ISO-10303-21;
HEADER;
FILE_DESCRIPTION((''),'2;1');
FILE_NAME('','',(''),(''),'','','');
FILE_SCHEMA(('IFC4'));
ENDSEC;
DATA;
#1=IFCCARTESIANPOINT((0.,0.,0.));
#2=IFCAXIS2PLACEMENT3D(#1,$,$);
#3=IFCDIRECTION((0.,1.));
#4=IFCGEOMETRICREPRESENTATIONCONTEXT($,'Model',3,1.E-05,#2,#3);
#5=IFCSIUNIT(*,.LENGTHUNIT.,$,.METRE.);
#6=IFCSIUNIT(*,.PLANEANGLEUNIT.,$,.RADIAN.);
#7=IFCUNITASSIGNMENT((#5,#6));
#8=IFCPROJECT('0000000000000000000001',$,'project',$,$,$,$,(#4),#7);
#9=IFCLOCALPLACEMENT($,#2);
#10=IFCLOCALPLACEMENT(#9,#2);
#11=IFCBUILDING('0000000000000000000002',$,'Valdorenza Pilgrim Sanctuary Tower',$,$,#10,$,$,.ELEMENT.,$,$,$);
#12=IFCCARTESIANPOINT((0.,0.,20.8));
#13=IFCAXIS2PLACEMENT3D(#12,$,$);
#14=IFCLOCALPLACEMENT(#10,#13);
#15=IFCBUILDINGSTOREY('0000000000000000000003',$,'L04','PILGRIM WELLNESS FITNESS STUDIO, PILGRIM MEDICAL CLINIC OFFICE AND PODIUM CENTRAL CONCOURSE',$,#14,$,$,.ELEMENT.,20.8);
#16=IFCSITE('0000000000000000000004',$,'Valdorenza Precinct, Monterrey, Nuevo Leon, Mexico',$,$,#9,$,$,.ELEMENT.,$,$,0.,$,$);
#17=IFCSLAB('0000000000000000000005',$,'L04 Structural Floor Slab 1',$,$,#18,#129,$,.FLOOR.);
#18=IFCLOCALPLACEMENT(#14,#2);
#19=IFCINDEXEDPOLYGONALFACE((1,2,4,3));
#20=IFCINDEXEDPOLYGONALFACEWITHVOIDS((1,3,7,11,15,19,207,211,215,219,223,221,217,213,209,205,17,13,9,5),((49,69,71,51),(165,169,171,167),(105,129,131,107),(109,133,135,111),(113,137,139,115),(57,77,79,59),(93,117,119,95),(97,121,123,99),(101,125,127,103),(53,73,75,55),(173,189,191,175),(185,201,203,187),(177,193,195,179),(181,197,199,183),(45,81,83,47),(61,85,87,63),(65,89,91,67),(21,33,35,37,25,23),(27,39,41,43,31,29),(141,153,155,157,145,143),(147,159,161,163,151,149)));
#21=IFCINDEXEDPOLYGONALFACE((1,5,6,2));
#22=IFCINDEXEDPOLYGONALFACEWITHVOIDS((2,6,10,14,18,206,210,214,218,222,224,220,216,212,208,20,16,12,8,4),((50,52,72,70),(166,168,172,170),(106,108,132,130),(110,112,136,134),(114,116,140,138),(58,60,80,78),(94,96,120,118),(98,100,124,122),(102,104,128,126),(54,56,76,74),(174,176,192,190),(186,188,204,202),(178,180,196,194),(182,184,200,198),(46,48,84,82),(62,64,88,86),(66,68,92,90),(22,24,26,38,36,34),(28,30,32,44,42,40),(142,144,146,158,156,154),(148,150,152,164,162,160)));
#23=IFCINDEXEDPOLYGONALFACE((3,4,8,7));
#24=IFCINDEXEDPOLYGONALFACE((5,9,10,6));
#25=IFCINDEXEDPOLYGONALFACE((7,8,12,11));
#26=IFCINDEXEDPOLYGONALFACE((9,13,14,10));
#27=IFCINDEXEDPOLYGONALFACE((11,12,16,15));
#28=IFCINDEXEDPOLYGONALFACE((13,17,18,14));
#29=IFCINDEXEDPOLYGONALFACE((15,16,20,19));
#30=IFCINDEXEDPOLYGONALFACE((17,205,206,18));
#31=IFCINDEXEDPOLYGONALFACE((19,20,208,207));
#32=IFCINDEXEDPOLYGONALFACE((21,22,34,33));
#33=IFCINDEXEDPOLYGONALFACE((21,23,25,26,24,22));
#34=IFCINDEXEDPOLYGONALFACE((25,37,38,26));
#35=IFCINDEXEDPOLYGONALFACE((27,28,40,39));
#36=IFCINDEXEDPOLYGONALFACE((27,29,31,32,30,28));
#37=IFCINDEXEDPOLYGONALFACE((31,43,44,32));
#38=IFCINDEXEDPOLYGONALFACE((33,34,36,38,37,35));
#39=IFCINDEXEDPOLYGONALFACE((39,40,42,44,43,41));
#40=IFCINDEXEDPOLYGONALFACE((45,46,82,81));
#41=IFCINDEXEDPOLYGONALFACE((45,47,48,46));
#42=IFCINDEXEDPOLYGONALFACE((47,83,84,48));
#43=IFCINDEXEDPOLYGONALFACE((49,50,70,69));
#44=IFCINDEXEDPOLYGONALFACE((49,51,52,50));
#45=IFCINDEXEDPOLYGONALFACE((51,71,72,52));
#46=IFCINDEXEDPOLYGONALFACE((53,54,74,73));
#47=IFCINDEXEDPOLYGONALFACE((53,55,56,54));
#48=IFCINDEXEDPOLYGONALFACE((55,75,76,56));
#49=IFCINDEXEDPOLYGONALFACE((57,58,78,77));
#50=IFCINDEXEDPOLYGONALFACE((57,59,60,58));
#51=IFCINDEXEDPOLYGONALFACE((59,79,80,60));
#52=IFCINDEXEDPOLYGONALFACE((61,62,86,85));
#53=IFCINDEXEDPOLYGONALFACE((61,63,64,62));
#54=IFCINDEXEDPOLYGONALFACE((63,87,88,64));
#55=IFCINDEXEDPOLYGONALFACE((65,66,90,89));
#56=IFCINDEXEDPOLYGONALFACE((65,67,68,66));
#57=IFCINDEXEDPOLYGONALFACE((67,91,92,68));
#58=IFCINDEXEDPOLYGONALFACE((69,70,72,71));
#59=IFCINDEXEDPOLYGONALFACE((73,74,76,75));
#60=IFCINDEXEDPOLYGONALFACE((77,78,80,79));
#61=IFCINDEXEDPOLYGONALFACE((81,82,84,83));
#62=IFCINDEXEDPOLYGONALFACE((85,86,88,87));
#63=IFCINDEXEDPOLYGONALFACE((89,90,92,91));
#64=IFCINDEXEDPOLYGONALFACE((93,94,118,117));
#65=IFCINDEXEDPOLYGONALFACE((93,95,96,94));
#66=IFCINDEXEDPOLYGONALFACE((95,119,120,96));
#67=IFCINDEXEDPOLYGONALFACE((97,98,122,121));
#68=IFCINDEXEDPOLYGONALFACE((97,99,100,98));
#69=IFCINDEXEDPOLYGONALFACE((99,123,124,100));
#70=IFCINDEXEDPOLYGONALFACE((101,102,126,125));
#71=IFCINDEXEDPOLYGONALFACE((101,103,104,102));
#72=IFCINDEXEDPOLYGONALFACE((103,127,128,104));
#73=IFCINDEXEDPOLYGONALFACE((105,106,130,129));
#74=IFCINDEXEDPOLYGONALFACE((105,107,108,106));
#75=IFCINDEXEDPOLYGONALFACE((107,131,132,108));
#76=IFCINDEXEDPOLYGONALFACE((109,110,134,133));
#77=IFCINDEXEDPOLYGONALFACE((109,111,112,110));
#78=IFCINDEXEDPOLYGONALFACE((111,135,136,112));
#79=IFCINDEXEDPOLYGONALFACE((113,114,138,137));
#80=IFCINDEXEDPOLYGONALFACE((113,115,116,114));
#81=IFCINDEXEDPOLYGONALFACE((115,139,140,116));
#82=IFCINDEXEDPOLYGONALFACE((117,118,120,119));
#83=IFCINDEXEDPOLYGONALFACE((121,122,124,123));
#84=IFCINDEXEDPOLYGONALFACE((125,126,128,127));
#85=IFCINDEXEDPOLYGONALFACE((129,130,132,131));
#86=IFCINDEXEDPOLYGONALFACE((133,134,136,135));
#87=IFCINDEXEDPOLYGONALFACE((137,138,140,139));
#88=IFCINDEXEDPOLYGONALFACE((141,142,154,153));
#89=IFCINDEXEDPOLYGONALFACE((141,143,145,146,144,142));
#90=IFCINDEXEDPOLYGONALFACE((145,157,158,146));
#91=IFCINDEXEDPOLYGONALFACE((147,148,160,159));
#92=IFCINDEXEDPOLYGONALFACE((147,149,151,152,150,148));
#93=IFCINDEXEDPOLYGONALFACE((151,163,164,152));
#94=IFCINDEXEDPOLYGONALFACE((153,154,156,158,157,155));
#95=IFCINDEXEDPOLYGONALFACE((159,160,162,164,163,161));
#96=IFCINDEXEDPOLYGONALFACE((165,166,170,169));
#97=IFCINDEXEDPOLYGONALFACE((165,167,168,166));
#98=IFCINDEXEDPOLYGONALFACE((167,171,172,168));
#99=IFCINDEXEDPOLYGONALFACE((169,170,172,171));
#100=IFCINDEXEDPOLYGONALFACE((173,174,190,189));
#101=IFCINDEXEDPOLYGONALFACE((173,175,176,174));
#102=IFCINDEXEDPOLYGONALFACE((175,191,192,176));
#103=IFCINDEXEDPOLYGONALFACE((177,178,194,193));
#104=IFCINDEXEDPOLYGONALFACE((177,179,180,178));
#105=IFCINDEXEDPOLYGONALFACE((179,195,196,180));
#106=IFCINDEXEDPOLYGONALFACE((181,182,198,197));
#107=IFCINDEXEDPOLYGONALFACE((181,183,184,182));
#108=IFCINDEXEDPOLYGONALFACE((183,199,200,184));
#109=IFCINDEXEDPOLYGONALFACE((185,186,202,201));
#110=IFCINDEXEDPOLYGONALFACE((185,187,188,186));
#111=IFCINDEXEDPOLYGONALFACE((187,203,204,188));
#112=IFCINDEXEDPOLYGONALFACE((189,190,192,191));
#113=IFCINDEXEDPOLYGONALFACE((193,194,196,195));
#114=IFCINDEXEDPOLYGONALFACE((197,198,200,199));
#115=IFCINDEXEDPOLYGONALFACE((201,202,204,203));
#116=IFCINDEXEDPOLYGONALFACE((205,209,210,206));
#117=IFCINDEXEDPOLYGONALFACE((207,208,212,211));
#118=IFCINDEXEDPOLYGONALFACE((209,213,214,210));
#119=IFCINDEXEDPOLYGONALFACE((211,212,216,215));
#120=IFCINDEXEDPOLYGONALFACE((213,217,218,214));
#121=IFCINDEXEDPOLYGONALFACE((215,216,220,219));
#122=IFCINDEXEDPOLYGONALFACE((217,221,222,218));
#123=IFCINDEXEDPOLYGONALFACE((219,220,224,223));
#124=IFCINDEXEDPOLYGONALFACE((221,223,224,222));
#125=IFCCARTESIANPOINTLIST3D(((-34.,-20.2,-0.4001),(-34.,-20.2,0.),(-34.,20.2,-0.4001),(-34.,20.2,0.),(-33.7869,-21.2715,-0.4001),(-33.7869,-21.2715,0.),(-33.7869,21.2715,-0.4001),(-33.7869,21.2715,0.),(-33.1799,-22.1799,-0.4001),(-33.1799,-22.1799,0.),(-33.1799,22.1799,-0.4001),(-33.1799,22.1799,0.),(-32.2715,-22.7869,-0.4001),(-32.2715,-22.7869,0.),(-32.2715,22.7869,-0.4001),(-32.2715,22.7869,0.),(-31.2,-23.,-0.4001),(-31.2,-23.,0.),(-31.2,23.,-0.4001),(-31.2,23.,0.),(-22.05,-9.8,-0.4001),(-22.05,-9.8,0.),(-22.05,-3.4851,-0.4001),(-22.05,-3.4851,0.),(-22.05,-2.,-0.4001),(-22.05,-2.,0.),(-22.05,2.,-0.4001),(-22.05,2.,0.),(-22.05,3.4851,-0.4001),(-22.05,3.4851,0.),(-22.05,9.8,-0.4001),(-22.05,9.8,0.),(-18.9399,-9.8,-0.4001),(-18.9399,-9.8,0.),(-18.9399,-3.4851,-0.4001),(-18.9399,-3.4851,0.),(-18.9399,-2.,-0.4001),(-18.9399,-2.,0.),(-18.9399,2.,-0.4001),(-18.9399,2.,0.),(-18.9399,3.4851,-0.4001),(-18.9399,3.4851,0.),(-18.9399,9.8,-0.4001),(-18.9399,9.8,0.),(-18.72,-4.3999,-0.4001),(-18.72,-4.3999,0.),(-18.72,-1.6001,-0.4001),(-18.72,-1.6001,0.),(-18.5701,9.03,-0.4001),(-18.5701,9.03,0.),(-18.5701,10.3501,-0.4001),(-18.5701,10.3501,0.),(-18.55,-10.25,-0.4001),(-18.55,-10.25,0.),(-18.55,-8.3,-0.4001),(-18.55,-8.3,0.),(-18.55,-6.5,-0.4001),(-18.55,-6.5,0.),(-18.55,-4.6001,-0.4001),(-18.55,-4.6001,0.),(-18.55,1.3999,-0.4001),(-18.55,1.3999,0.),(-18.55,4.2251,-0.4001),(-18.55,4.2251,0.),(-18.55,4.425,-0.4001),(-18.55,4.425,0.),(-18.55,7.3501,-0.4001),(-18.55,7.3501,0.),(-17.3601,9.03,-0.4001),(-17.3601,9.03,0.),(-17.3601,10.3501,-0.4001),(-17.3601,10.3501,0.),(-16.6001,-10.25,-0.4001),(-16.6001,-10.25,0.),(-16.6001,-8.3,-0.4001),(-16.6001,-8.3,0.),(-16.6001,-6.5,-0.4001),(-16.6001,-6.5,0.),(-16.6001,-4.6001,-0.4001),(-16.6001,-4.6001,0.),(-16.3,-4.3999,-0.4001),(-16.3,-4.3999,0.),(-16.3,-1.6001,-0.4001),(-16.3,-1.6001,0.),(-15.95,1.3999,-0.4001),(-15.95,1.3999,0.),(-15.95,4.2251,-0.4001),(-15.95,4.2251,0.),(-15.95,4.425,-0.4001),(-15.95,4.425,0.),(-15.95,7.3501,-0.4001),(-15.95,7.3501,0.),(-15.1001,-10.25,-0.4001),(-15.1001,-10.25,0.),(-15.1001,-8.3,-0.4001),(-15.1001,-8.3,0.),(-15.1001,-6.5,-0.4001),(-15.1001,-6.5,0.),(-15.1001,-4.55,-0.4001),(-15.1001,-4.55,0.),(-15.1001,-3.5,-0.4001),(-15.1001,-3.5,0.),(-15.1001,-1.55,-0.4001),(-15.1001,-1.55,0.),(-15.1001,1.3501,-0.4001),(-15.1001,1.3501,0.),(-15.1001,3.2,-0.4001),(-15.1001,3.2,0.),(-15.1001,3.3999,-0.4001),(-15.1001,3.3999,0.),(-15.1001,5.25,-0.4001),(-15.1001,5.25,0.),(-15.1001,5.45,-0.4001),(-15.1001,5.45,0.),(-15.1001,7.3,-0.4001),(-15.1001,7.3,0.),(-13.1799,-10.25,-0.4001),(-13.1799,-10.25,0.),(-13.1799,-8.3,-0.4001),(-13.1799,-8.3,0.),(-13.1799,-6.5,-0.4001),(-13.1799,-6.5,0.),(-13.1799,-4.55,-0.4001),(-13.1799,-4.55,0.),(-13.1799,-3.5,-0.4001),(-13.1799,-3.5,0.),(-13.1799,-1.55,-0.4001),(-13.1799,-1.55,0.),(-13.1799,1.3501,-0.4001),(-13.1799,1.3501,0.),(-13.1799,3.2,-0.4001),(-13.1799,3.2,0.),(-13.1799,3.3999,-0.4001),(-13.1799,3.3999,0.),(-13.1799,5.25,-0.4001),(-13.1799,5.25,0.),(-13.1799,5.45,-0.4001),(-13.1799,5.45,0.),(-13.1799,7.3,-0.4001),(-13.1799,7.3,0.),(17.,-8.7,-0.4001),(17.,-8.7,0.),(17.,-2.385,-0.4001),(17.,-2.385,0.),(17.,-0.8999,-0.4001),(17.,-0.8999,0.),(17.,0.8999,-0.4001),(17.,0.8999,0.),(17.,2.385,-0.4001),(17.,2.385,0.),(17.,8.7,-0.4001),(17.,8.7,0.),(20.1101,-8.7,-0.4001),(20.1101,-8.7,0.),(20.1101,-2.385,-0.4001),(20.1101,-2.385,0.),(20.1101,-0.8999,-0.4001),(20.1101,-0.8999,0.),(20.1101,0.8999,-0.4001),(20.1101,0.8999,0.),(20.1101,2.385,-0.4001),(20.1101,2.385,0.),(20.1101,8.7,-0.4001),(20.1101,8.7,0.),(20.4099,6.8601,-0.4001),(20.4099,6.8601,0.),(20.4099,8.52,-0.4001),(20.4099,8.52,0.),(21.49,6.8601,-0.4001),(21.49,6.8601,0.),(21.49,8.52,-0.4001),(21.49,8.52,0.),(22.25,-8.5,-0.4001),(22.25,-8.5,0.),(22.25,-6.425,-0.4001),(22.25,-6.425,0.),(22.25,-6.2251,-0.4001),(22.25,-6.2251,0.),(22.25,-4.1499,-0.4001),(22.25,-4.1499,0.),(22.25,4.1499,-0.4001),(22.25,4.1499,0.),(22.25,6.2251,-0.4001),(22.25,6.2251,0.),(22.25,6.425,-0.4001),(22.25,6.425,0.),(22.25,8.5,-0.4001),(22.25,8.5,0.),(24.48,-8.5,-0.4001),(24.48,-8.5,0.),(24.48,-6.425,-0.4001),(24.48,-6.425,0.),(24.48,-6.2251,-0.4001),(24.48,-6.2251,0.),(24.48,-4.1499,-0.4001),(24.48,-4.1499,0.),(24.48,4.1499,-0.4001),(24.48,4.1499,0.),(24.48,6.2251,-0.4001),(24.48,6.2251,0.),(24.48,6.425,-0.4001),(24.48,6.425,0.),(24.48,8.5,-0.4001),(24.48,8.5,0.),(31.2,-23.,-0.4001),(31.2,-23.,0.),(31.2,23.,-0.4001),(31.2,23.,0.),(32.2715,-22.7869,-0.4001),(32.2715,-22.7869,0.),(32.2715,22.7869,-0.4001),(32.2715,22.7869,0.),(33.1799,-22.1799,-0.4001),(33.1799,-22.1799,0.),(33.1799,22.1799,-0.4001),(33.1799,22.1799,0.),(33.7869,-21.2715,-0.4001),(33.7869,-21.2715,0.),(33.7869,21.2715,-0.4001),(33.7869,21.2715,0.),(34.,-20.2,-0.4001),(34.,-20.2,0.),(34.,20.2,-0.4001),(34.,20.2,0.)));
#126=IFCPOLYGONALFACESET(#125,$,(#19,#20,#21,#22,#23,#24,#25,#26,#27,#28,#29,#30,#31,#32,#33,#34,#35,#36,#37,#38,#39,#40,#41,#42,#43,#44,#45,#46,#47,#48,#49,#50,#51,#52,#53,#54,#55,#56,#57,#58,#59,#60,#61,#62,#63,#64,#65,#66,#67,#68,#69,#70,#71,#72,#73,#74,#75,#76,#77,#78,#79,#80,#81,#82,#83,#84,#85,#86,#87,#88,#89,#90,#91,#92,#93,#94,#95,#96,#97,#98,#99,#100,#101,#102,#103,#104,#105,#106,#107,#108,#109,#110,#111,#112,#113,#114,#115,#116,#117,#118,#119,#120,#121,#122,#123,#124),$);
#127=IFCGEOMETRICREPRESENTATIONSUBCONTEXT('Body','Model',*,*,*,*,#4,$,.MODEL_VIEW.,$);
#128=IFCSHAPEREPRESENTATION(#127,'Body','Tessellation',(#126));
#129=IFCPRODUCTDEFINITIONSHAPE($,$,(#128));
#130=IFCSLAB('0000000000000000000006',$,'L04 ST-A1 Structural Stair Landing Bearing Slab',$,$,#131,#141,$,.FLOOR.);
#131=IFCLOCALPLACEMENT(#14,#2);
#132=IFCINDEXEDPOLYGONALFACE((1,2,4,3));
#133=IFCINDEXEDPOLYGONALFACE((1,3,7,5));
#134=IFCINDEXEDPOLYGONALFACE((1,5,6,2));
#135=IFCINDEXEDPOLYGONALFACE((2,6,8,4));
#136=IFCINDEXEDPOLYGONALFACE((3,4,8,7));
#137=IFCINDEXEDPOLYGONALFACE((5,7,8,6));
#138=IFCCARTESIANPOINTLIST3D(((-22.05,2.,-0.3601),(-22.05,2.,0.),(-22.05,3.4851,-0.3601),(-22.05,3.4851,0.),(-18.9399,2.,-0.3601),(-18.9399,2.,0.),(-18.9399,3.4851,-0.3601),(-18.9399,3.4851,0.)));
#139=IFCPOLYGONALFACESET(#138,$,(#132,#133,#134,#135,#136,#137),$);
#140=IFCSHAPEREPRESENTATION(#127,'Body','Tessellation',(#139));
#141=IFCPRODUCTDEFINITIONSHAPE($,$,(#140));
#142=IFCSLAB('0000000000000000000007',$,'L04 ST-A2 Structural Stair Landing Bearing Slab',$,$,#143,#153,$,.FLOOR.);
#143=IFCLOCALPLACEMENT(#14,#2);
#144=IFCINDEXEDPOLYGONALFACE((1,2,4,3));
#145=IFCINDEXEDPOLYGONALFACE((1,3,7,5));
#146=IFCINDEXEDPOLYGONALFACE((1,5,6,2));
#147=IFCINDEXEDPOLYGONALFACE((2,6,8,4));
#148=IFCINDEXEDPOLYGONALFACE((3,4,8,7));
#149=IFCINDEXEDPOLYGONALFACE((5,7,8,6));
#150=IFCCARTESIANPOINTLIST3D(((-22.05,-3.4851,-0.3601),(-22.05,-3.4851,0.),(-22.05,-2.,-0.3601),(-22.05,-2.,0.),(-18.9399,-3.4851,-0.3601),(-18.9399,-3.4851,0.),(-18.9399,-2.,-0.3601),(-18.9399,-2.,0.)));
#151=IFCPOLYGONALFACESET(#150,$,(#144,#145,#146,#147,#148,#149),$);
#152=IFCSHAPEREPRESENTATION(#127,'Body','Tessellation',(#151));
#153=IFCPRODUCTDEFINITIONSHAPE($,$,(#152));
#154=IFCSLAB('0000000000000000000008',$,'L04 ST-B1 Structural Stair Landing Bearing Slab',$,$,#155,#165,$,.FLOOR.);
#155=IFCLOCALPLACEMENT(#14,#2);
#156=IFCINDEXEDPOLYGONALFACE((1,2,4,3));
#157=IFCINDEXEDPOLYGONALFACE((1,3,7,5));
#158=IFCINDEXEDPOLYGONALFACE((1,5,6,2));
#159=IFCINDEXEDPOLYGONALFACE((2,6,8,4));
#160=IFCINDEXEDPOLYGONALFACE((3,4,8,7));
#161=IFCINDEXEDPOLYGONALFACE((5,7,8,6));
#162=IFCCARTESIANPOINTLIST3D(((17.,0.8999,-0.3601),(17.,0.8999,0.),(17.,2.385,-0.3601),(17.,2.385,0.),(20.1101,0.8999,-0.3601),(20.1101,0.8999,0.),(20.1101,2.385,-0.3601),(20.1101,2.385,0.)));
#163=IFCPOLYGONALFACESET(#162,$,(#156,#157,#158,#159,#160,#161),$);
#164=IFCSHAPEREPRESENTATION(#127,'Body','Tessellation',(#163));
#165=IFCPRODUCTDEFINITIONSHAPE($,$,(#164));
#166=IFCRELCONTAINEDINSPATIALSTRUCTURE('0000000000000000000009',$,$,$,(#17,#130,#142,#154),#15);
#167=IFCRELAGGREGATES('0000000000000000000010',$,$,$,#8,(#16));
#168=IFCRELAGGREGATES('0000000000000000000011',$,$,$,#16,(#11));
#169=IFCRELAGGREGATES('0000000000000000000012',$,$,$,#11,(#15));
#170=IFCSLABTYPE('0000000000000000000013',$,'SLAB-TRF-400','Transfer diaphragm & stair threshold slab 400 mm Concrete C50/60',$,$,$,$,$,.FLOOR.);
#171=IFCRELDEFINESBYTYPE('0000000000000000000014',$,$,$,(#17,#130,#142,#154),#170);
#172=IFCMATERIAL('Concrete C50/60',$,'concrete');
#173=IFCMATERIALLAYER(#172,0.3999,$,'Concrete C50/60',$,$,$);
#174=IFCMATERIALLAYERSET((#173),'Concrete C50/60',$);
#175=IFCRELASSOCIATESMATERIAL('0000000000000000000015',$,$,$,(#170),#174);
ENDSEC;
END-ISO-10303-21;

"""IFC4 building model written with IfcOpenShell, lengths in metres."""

from ifc_helpers import new_model, si_unit, direction, frame, origin, place, context, subcontext, project, spatial, polyline, outline, extrude, material, layer, layer_set, type_object, element, save


model = new_model("IFC4")

# Units and contexts
model_context = context("Model", 3, precision=1e-05, world=origin(), true_north=direction((0.0, 1.0)))
body_context = subcontext(model_context, "Body", "Model", "MODEL_VIEW")
ifc_project = project(units=[si_unit("LENGTHUNIT", "METRE"), si_unit("PLANEANGLEUNIT", "RADIAN")], contexts=[model_context])

# Site, building, storey
site_placement = place(None, origin())
site = spatial("IfcSite", under=ifc_project, at=site_placement, Name="Valdorenza Precinct, Monterrey, Nuevo Leon, Mexico", CompositionType="ELEMENT", RefElevation=0.0)
building_placement = place(site_placement, origin())
building = spatial("IfcBuilding", under=site, at=building_placement, Name="Valdorenza Pilgrim Sanctuary Tower", CompositionType="ELEMENT")
storey_placement = place(building_placement, frame((0.0, 0.0, 20.8)))
storey = spatial("IfcBuildingStorey", under=building, at=storey_placement, Name="L04", Description="PILGRIM WELLNESS FITNESS STUDIO, PILGRIM MEDICAL CLINIC OFFICE AND PODIUM CENTRAL CONCOURSE", CompositionType="ELEMENT", Elevation=20.8)

# Slabs
ifc_material_1 = material(Name="Concrete C50/60", Category="concrete")
ifc_layer_1 = layer(ifc_material_1, 0.3999, Name="Concrete C50/60")
ifc_layer_set_1 = layer_set([ifc_layer_1], Name="Concrete C50/60")
slab_type = type_object("IfcSlabType", Name="SLAB-TRF-400", Description="Transfer diaphragm & stair threshold slab 400 mm Concrete C50/60", PredefinedType="FLOOR", material=ifc_layer_set_1)
slab_1_placement = place(storey_placement, frame((0.0, 0.0, -0.4001)))
element("IfcSlab", 1, at=slab_1_placement, inside=storey, type_object=slab_type, Name="L04 Structural Floor Slab 1", PredefinedType="FLOOR", context=body_context, shape_type="SweptSolid", body=[
    extrude(outline(polyline([(-34.0, 20.2), (-33.7869, 21.2715), (-33.1799, 22.1799), (-32.2715, 22.7869), (-31.2, 23.0), (31.2, 23.0), (32.2715, 22.7869), (33.1799, 22.1799), (33.7869, 21.2715), (34.0, 20.2), (34.0, -20.2), (33.7869, -21.2715), (33.1799, -22.1799), (32.2715, -22.7869), (31.2, -23.0), (-31.2, -23.0), (-32.2715, -22.7869), (-33.1799, -22.1799), (-33.7869, -21.2715), (-34.0, -20.2), (-34.0, 20.2)]), holes=[polyline([(-16.6001, -10.25), (-16.6001, -8.3), (-18.55, -8.3), (-18.55, -10.25), (-16.6001, -10.25)]), polyline([(-22.05, -9.8), (-18.9399, -9.8), (-18.9399, -3.4851), (-18.9399, -2.0), (-22.05, -2.0), (-22.05, -3.4851), (-22.05, -9.8)]), polyline([(-18.55, -6.5), (-16.6001, -6.5), (-16.6001, -4.6001), (-18.55, -4.6001), (-18.55, -6.5)]), polyline([(-13.1799, -6.5), (-13.1799, -4.55), (-15.1001, -4.55), (-15.1001, -6.5), (-13.1799, -6.5)]), polyline([(-18.72, -4.3999), (-16.3, -4.3999), (-16.3, -1.6001), (-18.72, -1.6001), (-18.72, -4.3999)]), polyline([(-13.1799, -3.5), (-13.1799, -1.55), (-15.1001, -1.55), (-15.1001, -3.5), (-13.1799, -3.5)]), polyline([(-22.05, 2.0), (-18.9399, 2.0), (-18.9399, 3.4851), (-18.9399, 9.8), (-22.05, 9.8), (-22.05, 3.4851), (-22.05, 2.0)]), polyline([(-18.55, 1.3999), (-15.95, 1.3999), (-15.95, 4.2251), (-18.55, 4.2251), (-18.55, 1.3999)]), polyline([(-15.95, 4.425), (-15.95, 7.3501), (-18.55, 7.3501), (-18.55, 4.425), (-15.95, 4.425)]), polyline([(-15.1001, 5.45), (-13.1799, 5.45), (-13.1799, 7.3), (-15.1001, 7.3), (-15.1001, 5.45)]), polyline([(-17.3601, 9.03), (-17.3601, 10.3501), (-18.5701, 10.3501), (-18.5701, 9.03), (-17.3601, 9.03)]), polyline([(-15.1001, -10.25), (-13.1799, -10.25), (-13.1799, -8.3), (-15.1001, -8.3), (-15.1001, -10.25)]), polyline([(22.25, -8.5), (24.48, -8.5), (24.48, -6.425), (22.25, -6.425), (22.25, -8.5)]), polyline([(17.0, -2.385), (17.0, -8.7), (20.1101, -8.7), (20.1101, -2.385), (20.1101, -0.8999), (17.0, -0.8999), (17.0, -2.385)]), polyline([(22.25, -6.2251), (24.48, -6.2251), (24.48, -4.1499), (22.25, -4.1499), (22.25, -6.2251)]), polyline([(17.0, 0.8999), (20.1101, 0.8999), (20.1101, 2.385), (20.1101, 8.7), (17.0, 8.7), (17.0, 2.385), (17.0, 0.8999)]), polyline([(-15.1001, 1.3501), (-13.1799, 1.3501), (-13.1799, 3.2), (-15.1001, 3.2), (-15.1001, 1.3501)]), polyline([(-15.1001, 3.3999), (-13.1799, 3.3999), (-13.1799, 5.25), (-15.1001, 5.25), (-15.1001, 3.3999)]), polyline([(22.25, 4.1499), (24.48, 4.1499), (24.48, 6.2251), (22.25, 6.2251), (22.25, 4.1499)]), polyline([(22.25, 6.425), (24.48, 6.425), (24.48, 8.5), (22.25, 8.5), (22.25, 6.425)]), polyline([(20.4099, 6.8601), (21.49, 6.8601), (21.49, 8.52), (20.4099, 8.52), (20.4099, 6.8601)])]), origin(), (0.0, 0.0, 1.0), 0.4001),
])
slab_2_placement = place(storey_placement, frame((0.0, 0.0, -0.3601)))
element("IfcSlab", 2, at=slab_2_placement, inside=storey, type_object=slab_type, Name="L04 ST-A1 Structural Stair Landing Bearing Slab", PredefinedType="FLOOR", context=body_context, shape_type="SweptSolid", body=[
    extrude(outline(polyline([(-22.05, 2.0), (-18.9399, 2.0), (-18.9399, 3.4851), (-22.05, 3.4851), (-22.05, 2.0)])), origin(), (0.0, 0.0, 1.0), 0.3601),
])
slab_3_placement = place(storey_placement, frame((0.0, 0.0, -0.3601)))
element("IfcSlab", 3, at=slab_3_placement, inside=storey, type_object=slab_type, Name="L04 ST-A2 Structural Stair Landing Bearing Slab", PredefinedType="FLOOR", context=body_context, shape_type="SweptSolid", body=[
    extrude(outline(polyline([(-22.05, -3.4851), (-18.9399, -3.4851), (-18.9399, -2.0), (-22.05, -2.0), (-22.05, -3.4851)])), origin(), (0.0, 0.0, 1.0), 0.3601),
])
slab_4_placement = place(storey_placement, frame((0.0, 0.0, -0.3601)))
element("IfcSlab", 4, at=slab_4_placement, inside=storey, type_object=slab_type, Name="L04 ST-B1 Structural Stair Landing Bearing Slab", PredefinedType="FLOOR", context=body_context, shape_type="SweptSolid", body=[
    extrude(outline(polyline([(17.0, 0.8999), (20.1101, 0.8999), (20.1101, 2.385), (17.0, 2.385), (17.0, 0.8999)])), origin(), (0.0, 0.0, 1.0), 0.3601),
])

save(model, "model.ifc")
